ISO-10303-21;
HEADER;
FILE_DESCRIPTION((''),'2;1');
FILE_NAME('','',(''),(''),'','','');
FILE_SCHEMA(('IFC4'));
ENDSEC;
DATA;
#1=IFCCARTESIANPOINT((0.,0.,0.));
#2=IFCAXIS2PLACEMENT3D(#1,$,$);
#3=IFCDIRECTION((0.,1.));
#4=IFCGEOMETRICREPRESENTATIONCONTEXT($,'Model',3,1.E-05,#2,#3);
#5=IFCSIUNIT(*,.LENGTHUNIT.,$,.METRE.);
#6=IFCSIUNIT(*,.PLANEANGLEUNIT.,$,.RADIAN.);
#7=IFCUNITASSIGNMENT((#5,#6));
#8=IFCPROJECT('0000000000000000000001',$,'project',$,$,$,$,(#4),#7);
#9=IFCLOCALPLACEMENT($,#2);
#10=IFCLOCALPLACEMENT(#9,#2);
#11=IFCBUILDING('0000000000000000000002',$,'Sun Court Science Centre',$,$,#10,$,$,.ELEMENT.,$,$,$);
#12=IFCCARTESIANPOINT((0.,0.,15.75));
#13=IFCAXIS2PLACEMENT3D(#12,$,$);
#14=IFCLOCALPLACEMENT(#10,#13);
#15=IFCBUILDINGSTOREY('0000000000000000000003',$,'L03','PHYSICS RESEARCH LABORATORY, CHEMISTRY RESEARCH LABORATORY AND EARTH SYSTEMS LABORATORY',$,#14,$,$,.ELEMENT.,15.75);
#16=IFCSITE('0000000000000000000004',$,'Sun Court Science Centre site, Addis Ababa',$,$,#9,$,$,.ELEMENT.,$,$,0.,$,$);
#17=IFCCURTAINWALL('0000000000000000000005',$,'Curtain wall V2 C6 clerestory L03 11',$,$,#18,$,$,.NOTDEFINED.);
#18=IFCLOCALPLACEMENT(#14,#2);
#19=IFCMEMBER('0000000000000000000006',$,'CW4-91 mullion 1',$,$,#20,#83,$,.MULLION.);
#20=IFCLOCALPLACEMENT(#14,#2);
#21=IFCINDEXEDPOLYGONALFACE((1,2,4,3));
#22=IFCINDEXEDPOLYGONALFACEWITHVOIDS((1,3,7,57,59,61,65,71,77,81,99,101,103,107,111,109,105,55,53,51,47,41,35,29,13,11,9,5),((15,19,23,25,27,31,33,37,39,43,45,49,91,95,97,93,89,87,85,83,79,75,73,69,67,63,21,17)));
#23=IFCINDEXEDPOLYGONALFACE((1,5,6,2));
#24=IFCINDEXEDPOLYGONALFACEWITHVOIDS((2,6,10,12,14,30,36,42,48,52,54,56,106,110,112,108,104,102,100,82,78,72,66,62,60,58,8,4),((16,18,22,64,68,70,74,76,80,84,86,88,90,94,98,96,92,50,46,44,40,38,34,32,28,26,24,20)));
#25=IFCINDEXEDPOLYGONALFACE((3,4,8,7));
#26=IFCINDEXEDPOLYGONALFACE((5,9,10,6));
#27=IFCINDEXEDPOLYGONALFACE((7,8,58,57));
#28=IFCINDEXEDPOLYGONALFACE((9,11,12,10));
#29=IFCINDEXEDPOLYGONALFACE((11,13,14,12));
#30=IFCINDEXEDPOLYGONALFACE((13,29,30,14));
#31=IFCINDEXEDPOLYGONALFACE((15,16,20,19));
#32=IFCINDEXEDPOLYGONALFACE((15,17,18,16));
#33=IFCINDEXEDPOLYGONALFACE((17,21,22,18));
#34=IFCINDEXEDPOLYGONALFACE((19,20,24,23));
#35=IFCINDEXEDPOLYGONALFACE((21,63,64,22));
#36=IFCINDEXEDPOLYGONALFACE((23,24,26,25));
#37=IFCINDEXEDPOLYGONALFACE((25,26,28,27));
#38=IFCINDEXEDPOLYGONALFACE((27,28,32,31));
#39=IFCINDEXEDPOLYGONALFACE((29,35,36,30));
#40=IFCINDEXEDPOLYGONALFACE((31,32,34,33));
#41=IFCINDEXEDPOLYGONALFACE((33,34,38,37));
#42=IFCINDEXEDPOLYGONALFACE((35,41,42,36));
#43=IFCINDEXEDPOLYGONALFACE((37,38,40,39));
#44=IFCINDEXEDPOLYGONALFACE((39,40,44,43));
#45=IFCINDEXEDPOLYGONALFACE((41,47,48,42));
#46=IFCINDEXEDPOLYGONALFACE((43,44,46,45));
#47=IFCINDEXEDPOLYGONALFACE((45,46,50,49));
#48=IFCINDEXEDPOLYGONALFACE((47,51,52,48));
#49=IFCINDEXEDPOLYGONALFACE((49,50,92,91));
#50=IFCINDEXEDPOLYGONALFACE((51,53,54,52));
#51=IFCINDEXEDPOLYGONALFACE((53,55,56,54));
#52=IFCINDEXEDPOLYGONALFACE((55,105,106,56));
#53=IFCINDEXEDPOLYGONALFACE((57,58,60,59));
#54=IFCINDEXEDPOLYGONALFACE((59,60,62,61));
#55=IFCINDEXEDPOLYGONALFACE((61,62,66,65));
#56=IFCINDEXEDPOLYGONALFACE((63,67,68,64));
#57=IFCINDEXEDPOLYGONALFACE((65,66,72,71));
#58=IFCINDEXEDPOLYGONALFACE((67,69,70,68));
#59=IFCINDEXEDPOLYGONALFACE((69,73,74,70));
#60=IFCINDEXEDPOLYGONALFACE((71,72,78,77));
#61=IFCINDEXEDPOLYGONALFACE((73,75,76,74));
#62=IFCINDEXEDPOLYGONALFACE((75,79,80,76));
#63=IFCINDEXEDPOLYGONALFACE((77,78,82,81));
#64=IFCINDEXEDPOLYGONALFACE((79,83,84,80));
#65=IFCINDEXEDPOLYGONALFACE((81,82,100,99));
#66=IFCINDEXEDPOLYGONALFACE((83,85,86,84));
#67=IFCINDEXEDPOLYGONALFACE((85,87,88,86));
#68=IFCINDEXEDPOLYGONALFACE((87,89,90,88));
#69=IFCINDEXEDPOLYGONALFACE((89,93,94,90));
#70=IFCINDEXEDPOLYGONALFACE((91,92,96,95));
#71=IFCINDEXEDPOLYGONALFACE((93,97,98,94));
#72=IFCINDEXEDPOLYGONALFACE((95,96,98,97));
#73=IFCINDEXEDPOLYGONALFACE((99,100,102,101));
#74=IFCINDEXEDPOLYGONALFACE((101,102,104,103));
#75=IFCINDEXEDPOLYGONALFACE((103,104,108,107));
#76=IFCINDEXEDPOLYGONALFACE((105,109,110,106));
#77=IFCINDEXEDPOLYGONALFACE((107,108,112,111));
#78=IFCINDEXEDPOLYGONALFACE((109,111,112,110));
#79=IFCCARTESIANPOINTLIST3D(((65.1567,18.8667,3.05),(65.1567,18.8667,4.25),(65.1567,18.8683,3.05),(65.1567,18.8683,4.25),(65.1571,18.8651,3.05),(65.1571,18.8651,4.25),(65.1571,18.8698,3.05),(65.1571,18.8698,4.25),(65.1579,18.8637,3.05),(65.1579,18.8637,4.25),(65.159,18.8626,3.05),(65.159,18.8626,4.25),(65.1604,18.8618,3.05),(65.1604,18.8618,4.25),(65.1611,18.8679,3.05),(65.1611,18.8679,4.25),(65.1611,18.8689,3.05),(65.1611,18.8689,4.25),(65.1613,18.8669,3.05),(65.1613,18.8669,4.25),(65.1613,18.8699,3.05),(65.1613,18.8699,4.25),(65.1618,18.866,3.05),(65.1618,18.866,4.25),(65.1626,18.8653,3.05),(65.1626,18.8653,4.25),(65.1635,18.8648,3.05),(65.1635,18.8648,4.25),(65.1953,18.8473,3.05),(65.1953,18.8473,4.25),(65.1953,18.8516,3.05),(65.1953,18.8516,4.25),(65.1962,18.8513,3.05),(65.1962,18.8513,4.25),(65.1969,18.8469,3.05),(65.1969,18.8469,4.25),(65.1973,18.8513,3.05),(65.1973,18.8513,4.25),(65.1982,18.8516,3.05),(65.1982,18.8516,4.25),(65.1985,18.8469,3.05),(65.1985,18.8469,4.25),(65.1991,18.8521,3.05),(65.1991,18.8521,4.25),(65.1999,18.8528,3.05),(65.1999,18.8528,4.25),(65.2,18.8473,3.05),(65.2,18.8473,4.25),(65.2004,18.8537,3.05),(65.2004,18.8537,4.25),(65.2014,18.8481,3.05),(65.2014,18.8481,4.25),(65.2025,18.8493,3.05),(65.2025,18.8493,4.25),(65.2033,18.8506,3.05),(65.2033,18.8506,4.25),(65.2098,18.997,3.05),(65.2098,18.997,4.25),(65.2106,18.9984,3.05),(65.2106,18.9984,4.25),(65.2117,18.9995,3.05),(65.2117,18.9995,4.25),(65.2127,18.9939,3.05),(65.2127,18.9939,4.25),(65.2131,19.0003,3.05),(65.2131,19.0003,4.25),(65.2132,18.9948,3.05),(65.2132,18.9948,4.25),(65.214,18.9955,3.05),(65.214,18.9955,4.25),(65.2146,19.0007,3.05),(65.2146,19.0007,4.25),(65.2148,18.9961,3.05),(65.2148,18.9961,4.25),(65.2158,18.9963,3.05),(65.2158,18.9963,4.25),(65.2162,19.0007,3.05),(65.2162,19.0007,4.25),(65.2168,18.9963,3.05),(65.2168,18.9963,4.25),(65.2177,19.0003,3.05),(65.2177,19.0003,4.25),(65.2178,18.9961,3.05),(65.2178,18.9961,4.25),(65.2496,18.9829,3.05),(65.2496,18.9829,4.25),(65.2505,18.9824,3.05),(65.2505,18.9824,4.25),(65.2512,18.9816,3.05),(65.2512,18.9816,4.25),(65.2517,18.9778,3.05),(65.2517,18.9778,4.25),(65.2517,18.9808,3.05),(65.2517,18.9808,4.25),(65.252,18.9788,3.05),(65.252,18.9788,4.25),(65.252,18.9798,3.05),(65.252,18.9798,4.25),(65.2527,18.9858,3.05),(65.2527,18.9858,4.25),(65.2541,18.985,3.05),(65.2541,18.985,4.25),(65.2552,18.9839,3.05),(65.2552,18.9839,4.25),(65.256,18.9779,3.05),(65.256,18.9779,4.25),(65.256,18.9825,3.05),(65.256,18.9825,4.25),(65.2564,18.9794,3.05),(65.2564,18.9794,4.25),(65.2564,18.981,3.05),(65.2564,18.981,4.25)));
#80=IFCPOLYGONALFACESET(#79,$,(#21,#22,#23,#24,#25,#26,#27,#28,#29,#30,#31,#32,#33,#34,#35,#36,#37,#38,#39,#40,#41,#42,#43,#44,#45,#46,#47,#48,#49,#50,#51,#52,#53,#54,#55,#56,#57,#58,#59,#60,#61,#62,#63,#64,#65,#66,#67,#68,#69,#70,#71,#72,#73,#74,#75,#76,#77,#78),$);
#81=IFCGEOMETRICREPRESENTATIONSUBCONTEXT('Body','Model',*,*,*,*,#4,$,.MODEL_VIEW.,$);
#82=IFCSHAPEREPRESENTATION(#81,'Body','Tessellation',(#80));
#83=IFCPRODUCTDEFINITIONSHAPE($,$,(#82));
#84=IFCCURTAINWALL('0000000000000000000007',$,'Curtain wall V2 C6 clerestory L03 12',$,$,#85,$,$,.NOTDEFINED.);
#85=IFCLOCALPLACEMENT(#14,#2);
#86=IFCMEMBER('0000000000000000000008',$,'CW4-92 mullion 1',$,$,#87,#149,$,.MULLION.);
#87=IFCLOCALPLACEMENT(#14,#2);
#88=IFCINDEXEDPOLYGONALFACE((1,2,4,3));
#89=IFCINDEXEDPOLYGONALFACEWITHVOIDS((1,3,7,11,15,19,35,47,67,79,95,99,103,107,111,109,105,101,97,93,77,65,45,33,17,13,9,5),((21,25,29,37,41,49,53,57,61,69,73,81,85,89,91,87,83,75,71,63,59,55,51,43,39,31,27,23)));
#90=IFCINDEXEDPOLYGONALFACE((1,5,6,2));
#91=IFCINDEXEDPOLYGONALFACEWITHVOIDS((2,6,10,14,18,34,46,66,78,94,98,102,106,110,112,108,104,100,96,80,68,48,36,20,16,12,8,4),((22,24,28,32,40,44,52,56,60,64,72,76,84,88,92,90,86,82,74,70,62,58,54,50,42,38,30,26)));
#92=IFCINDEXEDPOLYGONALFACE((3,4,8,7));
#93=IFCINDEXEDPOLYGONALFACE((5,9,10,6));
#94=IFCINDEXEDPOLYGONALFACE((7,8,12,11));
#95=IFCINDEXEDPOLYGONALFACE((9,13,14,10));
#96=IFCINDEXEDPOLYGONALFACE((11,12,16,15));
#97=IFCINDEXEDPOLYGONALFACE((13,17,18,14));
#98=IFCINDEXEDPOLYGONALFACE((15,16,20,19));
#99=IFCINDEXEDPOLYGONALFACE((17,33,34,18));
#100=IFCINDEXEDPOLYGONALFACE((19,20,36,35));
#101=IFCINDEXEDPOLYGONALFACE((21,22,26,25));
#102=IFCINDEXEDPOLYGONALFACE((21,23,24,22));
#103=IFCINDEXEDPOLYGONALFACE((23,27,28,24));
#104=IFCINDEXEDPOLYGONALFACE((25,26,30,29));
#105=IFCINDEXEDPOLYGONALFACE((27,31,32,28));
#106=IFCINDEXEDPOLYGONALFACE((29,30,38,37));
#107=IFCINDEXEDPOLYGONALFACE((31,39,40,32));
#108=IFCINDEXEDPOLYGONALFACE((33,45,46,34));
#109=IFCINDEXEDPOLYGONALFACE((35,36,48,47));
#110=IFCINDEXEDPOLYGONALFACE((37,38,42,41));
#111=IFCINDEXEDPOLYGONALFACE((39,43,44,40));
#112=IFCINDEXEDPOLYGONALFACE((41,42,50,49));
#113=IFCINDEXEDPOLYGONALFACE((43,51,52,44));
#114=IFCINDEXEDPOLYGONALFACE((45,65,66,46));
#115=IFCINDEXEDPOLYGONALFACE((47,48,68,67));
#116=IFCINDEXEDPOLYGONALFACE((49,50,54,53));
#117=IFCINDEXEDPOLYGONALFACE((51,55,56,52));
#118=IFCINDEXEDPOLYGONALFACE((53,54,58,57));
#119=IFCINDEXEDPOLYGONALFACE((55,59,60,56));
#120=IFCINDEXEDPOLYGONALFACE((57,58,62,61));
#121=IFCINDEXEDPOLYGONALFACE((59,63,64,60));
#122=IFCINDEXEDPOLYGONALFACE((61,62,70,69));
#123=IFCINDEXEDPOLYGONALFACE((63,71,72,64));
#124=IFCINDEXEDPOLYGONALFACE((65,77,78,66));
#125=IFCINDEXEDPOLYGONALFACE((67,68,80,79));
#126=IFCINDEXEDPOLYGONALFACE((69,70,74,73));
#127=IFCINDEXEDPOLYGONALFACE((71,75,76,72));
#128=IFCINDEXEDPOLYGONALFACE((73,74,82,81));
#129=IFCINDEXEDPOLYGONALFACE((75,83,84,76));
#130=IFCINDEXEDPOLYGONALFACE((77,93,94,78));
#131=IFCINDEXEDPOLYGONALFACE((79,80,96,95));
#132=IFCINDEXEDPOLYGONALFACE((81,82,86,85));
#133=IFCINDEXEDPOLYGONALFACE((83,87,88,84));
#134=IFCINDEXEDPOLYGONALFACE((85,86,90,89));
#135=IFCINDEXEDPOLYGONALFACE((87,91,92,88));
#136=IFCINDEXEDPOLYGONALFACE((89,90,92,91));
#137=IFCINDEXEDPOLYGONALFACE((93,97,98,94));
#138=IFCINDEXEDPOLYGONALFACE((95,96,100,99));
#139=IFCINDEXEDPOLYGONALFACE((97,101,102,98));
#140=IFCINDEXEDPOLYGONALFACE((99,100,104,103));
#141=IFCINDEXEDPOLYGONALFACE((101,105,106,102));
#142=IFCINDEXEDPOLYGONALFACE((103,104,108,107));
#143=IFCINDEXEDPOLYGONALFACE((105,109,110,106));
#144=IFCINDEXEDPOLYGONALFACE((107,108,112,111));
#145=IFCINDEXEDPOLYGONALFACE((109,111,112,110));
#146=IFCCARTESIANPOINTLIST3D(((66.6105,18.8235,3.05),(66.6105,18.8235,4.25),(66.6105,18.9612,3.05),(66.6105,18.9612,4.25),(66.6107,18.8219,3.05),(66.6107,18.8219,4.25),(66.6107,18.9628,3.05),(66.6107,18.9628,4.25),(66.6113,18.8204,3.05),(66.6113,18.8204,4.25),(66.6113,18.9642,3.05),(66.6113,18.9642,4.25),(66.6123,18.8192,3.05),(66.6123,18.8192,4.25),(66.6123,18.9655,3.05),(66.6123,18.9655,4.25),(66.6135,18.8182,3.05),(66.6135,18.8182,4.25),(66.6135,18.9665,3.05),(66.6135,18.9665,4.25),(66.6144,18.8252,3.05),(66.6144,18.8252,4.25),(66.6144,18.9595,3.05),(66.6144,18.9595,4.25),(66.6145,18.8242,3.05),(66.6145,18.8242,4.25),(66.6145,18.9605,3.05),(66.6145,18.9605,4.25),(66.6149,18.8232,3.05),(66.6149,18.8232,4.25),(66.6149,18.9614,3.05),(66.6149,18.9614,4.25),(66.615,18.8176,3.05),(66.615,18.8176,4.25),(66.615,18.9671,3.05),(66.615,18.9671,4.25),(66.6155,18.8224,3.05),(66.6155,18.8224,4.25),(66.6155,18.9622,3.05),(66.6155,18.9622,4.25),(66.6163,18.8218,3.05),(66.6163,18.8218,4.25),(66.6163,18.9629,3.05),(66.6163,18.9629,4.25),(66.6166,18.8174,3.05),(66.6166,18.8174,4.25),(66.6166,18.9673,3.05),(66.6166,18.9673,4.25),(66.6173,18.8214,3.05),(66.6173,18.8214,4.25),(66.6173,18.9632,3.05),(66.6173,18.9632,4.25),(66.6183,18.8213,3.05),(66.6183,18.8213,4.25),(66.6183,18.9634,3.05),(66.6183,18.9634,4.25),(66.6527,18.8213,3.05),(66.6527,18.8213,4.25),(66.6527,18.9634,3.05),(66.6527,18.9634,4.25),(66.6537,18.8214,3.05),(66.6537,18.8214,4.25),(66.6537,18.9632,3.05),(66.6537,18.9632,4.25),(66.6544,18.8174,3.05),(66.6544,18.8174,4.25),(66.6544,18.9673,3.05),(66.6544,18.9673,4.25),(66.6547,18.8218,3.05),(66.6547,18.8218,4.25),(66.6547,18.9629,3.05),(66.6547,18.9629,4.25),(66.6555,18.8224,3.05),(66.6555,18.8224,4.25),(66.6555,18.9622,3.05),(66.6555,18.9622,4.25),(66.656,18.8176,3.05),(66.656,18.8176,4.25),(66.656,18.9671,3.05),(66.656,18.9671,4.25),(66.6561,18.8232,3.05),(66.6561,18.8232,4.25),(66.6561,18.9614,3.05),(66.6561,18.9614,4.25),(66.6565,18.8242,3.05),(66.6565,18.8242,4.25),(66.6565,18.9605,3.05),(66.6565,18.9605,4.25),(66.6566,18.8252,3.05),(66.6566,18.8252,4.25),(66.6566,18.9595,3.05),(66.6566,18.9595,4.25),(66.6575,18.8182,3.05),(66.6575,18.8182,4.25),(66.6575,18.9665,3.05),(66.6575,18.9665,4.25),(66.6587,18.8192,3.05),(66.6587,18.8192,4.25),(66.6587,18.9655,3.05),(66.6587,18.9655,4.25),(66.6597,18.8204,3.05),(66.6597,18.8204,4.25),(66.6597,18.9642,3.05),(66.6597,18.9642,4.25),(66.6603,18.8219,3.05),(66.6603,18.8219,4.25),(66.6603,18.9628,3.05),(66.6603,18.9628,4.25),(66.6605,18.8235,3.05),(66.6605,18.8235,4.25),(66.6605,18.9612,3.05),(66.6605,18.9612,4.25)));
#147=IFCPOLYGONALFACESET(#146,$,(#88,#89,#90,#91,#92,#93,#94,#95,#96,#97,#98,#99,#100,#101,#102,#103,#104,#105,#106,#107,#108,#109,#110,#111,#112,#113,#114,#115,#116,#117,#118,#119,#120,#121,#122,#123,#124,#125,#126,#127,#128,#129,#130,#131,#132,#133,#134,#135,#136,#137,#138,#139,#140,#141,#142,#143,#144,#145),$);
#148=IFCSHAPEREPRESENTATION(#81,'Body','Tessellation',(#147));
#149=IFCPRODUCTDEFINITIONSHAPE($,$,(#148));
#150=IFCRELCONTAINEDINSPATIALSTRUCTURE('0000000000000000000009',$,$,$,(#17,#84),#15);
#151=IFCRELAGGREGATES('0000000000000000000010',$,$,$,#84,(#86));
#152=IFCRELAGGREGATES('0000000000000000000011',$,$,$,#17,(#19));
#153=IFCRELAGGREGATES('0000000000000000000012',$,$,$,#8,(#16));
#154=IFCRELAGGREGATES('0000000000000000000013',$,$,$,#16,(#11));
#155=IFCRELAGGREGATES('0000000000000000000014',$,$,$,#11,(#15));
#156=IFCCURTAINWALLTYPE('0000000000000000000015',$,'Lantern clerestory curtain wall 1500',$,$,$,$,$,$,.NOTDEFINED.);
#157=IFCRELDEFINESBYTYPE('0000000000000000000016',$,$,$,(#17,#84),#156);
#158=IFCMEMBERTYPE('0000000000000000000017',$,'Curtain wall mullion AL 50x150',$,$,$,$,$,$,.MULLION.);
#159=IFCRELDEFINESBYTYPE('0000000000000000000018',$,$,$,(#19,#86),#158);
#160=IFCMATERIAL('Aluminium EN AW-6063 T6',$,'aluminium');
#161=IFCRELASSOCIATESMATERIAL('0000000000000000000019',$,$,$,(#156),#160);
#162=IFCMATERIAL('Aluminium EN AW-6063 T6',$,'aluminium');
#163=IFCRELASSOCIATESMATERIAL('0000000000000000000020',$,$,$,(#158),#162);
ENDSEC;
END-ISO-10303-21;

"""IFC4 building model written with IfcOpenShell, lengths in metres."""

from ifc_helpers import new_model, si_unit, direction, frame, origin, origin_2d, place, context, subcontext, project, spatial, hollow_rectangle, extrude, material, material_profile, profile_set, type_object, element, aggregate, save


model = new_model("IFC4")

# Units and contexts
model_context = context("Model", 3, precision=1e-05, world=origin(), true_north=direction((0.0, 1.0)))
body_context = subcontext(model_context, "Body", "Model", "MODEL_VIEW")
ifc_project = project(units=[si_unit("LENGTHUNIT", "METRE"), si_unit("PLANEANGLEUNIT", "RADIAN")], contexts=[model_context])

# Site, building, storey
site_placement = place(None, origin())
site = spatial("IfcSite", under=ifc_project, at=site_placement, Name="Sun Court Science Centre site, Addis Ababa", CompositionType="ELEMENT", RefElevation=0.0)
building_placement = place(site_placement, origin())
building = spatial("IfcBuilding", under=site, at=building_placement, Name="Sun Court Science Centre", CompositionType="ELEMENT")
storey_placement = place(building_placement, frame((0.0, 0.0, 15.75)))
storey = spatial("IfcBuildingStorey", under=building, at=storey_placement, Name="L03", Description="PHYSICS RESEARCH LABORATORY, CHEMISTRY RESEARCH LABORATORY AND EARTH SYSTEMS LABORATORY", CompositionType="ELEMENT", Elevation=15.75)

# Curtain walls, members
ifc_material_1 = material(Name="Aluminium EN AW-6063 T6", Category="aluminium")
curtain_wall_type = type_object("IfcCurtainWallType", Name="Lantern clerestory curtain wall 1500", PredefinedType="NOTDEFINED", material=ifc_material_1)
curtain_wall_1_placement = place(storey_placement, origin())
curtain_wall_1 = element("IfcCurtainWall", 1, at=curtain_wall_1_placement, inside=storey, type_object=curtain_wall_type, Name="Curtain wall V2 C6 clerestory L03 11", PredefinedType="NOTDEFINED")
ifc_material_2 = material(Name="Aluminium EN AW-6063 T6", Category="aluminium")
ifc_material_profile_1 = material_profile(ifc_material_2, hollow_rectangle(XDim=0.05, YDim=0.1499, WallThickness=0.0039, InnerFilletRadius=0.0039, OuterFilletRadius=0.0061, at=origin_2d()), Name="AL 50x150x4")
ifc_profile_set_1 = profile_set([ifc_material_profile_1], Name="Aluminium EN AW-6063 T6")
member_type_1 = type_object("IfcMemberType", Name="Curtain wall mullion AL 50x150", PredefinedType="MULLION", material=ifc_profile_set_1)
member_1_placement = place(storey_placement, frame((65.2065, 18.9238, 3.05), z_axis=(0.0, 0.0, 1.0), x_axis=(-0.92388, 0.382683, 0.0)))
member_1 = element("IfcMember", 2, at=member_1_placement, type_object=member_type_1, Name="CW4-91 mullion 1", PredefinedType="MULLION", context=body_context, shape_type="SweptSolid", body=[
    extrude(hollow_rectangle(XDim=0.05, YDim=0.1499, WallThickness=0.0039, InnerFilletRadius=0.0039, OuterFilletRadius=0.0061, at=origin_2d()), origin(), (0.0, 0.0, 1.0), 1.2),
])
curtain_wall_2_placement = place(storey_placement, origin())
curtain_wall_2 = element("IfcCurtainWall", 3, at=curtain_wall_2_placement, inside=storey, type_object=curtain_wall_type, Name="Curtain wall V2 C6 clerestory L03 12", PredefinedType="NOTDEFINED")
member_2_placement = place(storey_placement, frame((66.6355, 18.8923, 3.05), z_axis=(0.0, 0.0, 1.0), x_axis=(-1.0, 0.0, 0.0)))
member_2 = element("IfcMember", 4, at=member_2_placement, type_object=member_type_1, Name="CW4-92 mullion 1", PredefinedType="MULLION", context=body_context, shape_type="SweptSolid", body=[
    extrude(hollow_rectangle(XDim=0.05, YDim=0.1499, WallThickness=0.0039, InnerFilletRadius=0.0039, OuterFilletRadius=0.0061, at=origin_2d()), origin(), (0.0, 0.0, 1.0), 1.2),
])

aggregate(curtain_wall_2, [member_2])

aggregate(curtain_wall_1, [member_1])

save(model, "model.ifc")
